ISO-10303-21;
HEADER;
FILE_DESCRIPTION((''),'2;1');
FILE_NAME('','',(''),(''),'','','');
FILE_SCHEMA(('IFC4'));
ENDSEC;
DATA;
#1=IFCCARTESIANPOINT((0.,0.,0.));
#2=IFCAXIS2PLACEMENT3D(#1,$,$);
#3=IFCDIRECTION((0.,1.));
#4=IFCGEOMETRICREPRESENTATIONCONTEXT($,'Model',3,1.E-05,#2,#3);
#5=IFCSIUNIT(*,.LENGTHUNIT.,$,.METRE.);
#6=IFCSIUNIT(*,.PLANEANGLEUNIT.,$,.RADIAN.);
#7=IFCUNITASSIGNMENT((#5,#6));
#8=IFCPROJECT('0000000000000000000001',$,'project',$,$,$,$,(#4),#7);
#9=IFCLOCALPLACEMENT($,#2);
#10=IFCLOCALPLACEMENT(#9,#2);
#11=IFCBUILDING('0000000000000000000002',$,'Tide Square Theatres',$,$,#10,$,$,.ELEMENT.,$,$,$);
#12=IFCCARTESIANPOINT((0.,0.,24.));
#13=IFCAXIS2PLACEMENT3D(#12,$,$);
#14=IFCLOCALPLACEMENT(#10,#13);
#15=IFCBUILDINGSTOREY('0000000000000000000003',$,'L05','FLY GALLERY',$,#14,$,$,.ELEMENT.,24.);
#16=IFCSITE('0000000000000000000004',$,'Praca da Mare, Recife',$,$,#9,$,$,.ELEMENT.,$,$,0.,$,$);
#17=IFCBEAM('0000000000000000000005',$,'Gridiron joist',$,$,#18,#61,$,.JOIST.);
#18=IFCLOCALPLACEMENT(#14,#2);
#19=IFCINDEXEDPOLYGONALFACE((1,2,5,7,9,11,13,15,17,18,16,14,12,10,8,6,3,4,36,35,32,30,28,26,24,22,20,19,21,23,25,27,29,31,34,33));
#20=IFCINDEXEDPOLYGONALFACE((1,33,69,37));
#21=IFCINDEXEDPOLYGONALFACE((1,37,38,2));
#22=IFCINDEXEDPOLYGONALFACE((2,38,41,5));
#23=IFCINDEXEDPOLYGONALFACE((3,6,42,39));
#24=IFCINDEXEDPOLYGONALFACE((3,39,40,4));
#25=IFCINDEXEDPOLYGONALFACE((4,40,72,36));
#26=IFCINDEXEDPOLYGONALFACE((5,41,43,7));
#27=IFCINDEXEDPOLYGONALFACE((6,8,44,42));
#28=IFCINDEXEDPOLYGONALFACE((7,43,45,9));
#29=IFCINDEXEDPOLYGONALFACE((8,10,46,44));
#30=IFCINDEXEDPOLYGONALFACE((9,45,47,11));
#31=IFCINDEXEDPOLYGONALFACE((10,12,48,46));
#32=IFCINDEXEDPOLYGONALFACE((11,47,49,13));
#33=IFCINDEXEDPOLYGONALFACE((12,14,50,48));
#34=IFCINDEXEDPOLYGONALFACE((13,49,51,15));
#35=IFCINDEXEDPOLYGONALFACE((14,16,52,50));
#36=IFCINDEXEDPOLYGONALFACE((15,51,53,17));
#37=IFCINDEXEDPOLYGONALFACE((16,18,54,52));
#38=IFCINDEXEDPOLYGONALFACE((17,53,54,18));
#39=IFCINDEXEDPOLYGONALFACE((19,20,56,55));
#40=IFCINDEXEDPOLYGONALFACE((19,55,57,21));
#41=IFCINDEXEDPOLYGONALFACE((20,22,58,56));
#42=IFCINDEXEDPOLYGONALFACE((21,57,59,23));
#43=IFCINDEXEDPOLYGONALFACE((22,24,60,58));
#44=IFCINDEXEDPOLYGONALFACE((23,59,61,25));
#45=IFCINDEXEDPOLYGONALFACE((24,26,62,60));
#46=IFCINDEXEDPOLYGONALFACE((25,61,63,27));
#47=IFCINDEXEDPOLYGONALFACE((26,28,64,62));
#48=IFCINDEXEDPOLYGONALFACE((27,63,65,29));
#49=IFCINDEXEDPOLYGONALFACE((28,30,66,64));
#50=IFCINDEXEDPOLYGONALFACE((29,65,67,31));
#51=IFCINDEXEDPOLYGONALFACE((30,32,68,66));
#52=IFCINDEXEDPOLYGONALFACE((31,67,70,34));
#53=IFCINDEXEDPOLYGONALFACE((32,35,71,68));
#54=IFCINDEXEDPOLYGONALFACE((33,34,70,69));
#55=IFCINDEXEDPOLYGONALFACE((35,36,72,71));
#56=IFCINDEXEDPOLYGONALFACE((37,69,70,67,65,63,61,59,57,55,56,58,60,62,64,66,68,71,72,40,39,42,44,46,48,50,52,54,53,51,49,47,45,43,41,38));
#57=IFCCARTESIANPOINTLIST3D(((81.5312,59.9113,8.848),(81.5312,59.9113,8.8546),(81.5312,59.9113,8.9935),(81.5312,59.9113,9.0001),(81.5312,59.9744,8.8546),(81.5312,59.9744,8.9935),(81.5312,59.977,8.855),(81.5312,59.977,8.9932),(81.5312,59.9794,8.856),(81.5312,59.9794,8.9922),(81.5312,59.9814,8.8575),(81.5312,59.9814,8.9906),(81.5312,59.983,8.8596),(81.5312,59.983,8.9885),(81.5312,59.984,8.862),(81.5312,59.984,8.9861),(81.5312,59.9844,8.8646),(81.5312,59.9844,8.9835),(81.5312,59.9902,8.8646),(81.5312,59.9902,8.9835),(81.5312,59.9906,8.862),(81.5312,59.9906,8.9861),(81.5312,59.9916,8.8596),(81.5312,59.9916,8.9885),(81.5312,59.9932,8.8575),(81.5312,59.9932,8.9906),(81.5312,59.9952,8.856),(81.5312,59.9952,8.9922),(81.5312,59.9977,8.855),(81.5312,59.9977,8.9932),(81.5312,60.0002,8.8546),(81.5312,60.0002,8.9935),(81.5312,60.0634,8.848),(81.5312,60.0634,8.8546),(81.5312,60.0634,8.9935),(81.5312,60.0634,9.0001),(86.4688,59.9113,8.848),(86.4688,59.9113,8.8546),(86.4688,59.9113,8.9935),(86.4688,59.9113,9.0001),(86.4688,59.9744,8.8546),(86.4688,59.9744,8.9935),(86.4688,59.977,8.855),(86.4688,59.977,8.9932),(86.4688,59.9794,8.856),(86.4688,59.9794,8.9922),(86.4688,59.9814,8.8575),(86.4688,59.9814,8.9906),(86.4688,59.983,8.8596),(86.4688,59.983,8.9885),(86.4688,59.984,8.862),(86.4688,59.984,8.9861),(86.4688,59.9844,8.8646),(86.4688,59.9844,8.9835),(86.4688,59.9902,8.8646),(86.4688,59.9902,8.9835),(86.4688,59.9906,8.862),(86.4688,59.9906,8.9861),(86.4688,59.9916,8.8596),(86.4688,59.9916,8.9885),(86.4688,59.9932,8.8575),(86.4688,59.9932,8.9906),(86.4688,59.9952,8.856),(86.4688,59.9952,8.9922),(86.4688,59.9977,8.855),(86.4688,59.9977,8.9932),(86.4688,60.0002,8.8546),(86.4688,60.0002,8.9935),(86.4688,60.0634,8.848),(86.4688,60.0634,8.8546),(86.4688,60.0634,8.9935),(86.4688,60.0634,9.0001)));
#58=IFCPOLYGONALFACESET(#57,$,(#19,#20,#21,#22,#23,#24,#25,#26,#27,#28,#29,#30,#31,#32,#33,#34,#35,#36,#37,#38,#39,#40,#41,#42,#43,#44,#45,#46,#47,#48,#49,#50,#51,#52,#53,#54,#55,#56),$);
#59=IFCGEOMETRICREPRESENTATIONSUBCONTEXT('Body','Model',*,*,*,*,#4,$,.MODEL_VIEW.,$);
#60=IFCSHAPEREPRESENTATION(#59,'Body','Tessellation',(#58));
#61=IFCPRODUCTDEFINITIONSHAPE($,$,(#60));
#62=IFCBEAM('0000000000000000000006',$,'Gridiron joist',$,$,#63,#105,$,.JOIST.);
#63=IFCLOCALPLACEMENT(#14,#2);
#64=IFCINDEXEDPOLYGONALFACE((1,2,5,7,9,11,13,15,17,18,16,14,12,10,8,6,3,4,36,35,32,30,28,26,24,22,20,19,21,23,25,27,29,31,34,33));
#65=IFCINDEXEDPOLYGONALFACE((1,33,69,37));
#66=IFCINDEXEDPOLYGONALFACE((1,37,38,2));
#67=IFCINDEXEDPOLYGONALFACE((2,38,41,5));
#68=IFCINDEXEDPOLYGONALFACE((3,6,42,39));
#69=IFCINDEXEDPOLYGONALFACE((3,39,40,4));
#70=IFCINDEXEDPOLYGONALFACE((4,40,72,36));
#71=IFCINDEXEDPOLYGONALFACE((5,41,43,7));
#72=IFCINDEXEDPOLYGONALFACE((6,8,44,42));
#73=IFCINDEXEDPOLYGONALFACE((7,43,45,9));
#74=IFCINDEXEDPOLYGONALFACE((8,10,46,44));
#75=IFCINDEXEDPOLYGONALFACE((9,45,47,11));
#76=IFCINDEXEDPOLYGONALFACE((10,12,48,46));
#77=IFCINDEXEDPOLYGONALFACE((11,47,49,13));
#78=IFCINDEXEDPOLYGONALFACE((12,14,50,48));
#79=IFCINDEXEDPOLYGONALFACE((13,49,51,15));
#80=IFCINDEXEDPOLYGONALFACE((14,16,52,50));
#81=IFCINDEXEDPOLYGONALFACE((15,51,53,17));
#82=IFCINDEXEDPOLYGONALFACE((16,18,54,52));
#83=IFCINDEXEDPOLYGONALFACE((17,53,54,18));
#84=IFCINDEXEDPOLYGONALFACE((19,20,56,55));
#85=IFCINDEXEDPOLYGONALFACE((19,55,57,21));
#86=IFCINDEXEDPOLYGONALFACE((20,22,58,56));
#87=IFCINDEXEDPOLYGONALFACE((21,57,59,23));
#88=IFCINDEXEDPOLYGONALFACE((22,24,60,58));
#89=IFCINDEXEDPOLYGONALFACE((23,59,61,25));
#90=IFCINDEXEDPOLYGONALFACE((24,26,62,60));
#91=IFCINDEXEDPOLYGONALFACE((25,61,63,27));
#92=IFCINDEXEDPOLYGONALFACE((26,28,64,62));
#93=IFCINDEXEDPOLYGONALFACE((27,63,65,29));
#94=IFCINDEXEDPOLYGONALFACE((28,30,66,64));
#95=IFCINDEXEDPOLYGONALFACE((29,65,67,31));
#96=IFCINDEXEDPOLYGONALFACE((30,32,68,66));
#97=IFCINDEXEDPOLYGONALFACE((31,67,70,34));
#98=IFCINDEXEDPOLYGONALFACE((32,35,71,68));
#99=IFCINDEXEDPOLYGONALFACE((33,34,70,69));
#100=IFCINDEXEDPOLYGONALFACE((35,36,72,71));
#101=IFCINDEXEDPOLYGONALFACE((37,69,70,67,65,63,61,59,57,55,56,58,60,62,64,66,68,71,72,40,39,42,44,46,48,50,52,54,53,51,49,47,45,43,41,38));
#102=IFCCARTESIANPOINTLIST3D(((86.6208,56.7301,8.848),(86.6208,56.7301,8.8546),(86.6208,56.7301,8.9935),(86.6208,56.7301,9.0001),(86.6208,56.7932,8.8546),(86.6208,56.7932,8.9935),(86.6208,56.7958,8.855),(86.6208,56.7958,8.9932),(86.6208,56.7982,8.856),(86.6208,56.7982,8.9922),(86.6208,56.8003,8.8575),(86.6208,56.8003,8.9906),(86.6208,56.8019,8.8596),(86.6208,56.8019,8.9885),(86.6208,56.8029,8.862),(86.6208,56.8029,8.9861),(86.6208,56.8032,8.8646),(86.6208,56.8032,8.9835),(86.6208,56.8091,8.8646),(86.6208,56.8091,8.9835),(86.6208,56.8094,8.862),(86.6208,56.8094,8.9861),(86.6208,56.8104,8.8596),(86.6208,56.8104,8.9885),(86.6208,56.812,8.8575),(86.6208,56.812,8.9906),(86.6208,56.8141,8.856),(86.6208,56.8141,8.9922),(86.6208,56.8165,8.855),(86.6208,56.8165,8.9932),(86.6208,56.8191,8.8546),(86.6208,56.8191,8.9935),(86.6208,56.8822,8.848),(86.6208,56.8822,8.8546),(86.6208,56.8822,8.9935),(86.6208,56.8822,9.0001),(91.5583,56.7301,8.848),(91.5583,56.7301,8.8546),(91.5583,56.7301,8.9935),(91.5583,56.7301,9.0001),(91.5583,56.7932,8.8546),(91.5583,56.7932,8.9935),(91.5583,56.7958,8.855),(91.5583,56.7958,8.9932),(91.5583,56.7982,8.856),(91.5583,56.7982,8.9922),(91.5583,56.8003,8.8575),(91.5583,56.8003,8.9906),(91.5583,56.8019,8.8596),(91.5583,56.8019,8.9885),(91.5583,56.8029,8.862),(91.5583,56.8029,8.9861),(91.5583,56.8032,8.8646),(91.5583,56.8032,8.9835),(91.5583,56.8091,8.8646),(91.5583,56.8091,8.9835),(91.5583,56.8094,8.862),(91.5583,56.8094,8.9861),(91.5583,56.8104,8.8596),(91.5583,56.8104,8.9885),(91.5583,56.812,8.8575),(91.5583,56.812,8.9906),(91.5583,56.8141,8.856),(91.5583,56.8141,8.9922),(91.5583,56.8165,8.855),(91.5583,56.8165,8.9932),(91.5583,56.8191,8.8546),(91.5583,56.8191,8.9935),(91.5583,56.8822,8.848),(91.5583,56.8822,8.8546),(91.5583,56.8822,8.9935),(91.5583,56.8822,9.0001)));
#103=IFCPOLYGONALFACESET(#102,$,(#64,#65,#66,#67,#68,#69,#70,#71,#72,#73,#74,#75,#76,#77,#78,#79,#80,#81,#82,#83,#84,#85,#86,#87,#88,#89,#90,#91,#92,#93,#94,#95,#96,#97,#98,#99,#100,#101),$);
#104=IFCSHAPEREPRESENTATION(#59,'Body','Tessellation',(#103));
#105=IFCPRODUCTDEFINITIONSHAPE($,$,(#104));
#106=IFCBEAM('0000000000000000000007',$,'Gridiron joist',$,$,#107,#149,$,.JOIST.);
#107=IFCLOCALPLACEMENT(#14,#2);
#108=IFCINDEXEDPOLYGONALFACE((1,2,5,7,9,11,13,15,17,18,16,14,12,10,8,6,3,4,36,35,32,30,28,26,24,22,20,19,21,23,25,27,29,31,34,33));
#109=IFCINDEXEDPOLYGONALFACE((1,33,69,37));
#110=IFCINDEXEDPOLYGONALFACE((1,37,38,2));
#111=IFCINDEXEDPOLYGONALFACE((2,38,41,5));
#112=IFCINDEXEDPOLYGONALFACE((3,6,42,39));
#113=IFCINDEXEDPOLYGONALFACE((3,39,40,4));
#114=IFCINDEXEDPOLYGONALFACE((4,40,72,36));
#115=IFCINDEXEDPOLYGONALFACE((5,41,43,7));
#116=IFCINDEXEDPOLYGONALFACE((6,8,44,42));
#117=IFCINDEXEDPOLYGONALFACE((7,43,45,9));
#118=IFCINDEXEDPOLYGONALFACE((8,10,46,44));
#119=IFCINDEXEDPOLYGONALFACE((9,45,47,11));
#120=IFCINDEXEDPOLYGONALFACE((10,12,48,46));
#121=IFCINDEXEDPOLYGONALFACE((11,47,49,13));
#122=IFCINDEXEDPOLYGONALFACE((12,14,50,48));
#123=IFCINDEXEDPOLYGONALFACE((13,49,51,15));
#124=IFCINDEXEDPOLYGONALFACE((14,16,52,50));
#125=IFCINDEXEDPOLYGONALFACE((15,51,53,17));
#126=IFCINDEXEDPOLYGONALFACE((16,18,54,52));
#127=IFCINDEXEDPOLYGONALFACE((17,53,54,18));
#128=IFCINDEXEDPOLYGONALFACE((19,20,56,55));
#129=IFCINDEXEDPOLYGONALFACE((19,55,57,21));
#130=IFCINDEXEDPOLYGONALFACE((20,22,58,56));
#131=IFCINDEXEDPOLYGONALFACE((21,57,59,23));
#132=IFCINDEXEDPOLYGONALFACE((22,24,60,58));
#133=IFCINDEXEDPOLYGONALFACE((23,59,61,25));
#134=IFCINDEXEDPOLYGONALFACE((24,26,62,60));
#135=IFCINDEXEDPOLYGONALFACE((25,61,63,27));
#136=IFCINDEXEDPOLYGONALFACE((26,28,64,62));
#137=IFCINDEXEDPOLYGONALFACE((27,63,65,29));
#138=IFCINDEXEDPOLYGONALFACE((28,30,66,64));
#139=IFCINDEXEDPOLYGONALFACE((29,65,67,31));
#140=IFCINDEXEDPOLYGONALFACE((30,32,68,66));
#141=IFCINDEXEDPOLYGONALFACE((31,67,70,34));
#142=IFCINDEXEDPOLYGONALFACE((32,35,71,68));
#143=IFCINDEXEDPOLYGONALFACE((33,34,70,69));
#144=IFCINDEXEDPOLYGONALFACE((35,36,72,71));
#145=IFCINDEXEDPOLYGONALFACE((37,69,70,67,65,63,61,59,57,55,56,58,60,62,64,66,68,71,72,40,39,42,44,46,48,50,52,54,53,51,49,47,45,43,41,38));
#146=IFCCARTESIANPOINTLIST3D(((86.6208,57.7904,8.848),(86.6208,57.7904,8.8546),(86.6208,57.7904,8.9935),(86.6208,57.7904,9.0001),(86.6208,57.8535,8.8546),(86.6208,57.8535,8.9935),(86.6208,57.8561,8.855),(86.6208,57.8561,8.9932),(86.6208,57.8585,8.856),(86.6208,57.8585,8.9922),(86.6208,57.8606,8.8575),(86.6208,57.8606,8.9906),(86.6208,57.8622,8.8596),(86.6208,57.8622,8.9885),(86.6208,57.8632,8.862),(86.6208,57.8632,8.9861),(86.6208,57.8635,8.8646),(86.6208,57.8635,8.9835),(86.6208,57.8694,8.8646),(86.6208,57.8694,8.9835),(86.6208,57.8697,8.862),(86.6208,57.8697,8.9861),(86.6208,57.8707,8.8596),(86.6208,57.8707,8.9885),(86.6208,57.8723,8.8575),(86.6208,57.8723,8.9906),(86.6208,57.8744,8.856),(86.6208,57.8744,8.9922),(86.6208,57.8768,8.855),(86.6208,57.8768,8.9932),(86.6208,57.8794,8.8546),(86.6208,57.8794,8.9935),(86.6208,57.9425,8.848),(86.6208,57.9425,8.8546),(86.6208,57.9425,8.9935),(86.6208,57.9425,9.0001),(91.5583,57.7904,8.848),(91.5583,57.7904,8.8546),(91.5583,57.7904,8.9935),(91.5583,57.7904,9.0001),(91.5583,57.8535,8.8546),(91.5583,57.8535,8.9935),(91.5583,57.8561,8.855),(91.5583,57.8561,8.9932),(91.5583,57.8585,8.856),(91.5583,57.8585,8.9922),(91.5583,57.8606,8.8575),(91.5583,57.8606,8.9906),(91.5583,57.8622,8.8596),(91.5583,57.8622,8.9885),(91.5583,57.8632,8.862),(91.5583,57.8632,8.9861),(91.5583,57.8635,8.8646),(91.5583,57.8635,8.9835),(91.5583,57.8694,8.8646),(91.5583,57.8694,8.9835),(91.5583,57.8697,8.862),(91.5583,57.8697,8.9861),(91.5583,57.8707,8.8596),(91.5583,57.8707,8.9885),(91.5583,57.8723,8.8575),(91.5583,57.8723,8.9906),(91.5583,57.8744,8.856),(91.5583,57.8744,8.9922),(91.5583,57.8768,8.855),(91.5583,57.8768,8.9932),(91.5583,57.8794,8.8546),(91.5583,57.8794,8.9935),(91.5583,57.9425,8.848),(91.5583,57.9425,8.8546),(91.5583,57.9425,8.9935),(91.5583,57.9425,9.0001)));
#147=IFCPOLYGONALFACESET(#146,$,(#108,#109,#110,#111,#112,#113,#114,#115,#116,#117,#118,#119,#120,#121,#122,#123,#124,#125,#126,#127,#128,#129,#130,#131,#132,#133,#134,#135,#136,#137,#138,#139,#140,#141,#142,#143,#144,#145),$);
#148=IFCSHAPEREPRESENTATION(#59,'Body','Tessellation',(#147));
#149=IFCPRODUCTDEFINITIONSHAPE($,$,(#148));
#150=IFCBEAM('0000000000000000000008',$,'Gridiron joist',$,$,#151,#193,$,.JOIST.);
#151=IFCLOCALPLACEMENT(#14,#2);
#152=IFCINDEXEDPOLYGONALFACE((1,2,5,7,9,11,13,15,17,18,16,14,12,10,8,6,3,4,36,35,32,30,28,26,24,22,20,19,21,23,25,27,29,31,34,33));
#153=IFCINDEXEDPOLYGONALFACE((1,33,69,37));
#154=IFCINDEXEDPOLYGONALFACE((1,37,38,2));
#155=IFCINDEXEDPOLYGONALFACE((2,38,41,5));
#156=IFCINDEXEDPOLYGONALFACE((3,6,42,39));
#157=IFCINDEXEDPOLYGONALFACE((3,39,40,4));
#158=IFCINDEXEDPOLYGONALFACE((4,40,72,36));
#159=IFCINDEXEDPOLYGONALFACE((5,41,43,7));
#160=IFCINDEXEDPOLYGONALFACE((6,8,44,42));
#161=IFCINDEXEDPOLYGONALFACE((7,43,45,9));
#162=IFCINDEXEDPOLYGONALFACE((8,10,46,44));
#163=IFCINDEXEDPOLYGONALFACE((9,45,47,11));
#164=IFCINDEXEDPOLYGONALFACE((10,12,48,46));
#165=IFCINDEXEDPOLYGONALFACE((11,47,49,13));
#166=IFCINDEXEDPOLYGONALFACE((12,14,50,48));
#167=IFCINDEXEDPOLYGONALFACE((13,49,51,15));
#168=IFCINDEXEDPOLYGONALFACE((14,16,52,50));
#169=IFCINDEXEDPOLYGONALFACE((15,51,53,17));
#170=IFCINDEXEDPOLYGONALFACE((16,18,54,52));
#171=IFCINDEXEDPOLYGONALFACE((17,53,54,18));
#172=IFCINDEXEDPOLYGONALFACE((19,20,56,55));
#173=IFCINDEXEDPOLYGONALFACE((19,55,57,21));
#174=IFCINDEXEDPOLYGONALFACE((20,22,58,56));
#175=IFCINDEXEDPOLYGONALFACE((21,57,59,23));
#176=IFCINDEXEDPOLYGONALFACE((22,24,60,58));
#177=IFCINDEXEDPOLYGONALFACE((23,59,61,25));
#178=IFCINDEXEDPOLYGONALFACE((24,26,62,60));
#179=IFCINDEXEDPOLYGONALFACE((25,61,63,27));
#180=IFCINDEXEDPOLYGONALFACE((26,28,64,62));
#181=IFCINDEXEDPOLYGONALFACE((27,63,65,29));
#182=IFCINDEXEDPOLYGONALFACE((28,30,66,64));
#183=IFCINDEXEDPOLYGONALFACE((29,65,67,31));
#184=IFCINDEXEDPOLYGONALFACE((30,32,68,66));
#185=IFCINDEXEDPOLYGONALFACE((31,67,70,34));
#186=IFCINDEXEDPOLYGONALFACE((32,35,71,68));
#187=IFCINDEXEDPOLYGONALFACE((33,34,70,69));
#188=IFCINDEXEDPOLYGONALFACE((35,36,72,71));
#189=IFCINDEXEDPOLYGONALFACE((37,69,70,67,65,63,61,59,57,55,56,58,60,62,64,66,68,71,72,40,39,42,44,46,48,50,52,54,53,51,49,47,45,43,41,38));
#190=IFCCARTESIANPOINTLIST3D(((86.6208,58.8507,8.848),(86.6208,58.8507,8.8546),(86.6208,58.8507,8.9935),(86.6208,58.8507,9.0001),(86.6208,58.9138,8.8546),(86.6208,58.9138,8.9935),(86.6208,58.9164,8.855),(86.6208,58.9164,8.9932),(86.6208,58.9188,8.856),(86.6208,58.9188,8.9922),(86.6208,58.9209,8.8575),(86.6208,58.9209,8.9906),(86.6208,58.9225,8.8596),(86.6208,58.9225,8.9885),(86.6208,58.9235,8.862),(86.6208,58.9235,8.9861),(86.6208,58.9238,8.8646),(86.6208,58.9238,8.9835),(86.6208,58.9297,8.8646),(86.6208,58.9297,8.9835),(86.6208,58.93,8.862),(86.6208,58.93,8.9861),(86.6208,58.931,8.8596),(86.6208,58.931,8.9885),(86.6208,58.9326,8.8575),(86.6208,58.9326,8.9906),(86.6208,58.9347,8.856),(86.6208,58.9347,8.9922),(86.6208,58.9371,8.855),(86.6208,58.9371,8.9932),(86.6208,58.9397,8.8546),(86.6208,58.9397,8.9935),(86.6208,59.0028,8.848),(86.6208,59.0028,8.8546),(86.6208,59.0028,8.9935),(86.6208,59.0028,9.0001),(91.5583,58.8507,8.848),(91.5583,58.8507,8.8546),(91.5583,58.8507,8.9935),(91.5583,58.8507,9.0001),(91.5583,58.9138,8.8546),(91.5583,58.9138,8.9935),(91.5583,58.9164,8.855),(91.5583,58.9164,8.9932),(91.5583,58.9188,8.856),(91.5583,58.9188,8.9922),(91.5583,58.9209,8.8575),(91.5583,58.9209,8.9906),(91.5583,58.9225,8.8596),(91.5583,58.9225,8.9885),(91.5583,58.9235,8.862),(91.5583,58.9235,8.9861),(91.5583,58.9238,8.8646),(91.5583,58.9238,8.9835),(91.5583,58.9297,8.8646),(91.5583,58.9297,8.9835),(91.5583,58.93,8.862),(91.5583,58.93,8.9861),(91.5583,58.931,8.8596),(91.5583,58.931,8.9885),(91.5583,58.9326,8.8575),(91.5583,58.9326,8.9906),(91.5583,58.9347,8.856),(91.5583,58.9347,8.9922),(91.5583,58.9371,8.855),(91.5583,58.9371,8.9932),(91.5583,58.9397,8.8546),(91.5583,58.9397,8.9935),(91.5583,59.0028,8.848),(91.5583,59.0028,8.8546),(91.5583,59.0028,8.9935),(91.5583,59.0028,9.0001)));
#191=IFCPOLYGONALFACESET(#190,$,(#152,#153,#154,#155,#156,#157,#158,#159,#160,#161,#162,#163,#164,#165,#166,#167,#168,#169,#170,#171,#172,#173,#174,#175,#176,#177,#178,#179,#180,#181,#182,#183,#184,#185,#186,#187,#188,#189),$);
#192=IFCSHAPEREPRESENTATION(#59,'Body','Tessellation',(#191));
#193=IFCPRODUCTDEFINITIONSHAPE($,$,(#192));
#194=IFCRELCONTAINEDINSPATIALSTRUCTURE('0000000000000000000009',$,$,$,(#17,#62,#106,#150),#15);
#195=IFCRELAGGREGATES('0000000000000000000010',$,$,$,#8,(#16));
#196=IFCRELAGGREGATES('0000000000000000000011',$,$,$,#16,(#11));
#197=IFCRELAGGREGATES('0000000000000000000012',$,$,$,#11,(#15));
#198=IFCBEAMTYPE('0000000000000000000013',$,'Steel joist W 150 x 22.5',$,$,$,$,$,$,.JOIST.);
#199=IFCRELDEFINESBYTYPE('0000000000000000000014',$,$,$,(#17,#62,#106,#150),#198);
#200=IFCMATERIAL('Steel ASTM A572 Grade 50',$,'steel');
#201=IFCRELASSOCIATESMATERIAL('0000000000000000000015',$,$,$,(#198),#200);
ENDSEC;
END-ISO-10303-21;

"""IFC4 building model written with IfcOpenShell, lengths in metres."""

from ifc_helpers import new_model, si_unit, direction, frame, origin, origin_2d, place, context, subcontext, project, spatial, i_section, extrude, material, material_profile, profile_set, type_object, element, save


model = new_model("IFC4")

# Units and contexts
model_context = context("Model", 3, precision=1e-05, world=origin(), true_north=direction((0.0, 1.0)))
body_context = subcontext(model_context, "Body", "Model", "MODEL_VIEW")
ifc_project = project(units=[si_unit("LENGTHUNIT", "METRE"), si_unit("PLANEANGLEUNIT", "RADIAN")], contexts=[model_context])

# Site, building, storey
site_placement = place(None, origin())
site = spatial("IfcSite", under=ifc_project, at=site_placement, Name="Praca da Mare, Recife", CompositionType="ELEMENT", RefElevation=0.0)
building_placement = place(site_placement, origin())
building = spatial("IfcBuilding", under=site, at=building_placement, Name="Tide Square Theatres", CompositionType="ELEMENT")
storey_placement = place(building_placement, frame((0.0, 0.0, 24.0)))
storey = spatial("IfcBuildingStorey", under=building, at=storey_placement, Name="L05", Description="FLY GALLERY", CompositionType="ELEMENT", Elevation=24.0)

# Beams
ifc_material_1 = material(Name="Steel ASTM A572 Grade 50", Category="steel")
ifc_material_profile_1 = material_profile(ifc_material_1, i_section(OverallWidth=0.1521, OverallDepth=0.1521, WebThickness=0.0059, FlangeThickness=0.0066, FilletRadius=0.01, at=origin_2d()))
ifc_profile_set_1 = profile_set([ifc_material_profile_1], Name="Steel ASTM A572 Grade 50")
beam_type_1 = type_object("IfcBeamType", Name="Steel joist W 150 x 22.5", PredefinedType="JOIST", material=ifc_profile_set_1)
for number, where, z_axis, x_axis, name in (
    (1, (81.5312, 59.9873, 8.9241), (1.0, 0.0, 0.0), (0.0, 1.0, 0.0), "Gridiron joist"),
    (2, (86.6208, 56.8062, 8.9241), (1.0, 0.0, 0.0), (0.0, 1.0, 0.0), "Gridiron joist"),
    (3, (86.6208, 57.8665, 8.9241), (1.0, 0.0, 0.0), (0.0, 1.0, 0.0), "Gridiron joist"),
    (4, (86.6208, 58.9268, 8.9241), (1.0, 0.0, 0.0), (0.0, 1.0, 0.0), "Gridiron joist"),
):
    element("IfcBeam", number, at=place(storey_placement, frame(where, z_axis=z_axis, x_axis=x_axis)), inside=storey, type_object=beam_type_1, Name=name, PredefinedType="JOIST", context=body_context, shape_type="SweptSolid", body=[
        extrude(i_section(OverallWidth=0.1521, OverallDepth=0.1521, WebThickness=0.0059, FlangeThickness=0.0066, FilletRadius=0.01, at=origin_2d()), origin(), (0.0, 0.0, 1.0), 4.9375),
    ])

save(model, "model.ifc")
